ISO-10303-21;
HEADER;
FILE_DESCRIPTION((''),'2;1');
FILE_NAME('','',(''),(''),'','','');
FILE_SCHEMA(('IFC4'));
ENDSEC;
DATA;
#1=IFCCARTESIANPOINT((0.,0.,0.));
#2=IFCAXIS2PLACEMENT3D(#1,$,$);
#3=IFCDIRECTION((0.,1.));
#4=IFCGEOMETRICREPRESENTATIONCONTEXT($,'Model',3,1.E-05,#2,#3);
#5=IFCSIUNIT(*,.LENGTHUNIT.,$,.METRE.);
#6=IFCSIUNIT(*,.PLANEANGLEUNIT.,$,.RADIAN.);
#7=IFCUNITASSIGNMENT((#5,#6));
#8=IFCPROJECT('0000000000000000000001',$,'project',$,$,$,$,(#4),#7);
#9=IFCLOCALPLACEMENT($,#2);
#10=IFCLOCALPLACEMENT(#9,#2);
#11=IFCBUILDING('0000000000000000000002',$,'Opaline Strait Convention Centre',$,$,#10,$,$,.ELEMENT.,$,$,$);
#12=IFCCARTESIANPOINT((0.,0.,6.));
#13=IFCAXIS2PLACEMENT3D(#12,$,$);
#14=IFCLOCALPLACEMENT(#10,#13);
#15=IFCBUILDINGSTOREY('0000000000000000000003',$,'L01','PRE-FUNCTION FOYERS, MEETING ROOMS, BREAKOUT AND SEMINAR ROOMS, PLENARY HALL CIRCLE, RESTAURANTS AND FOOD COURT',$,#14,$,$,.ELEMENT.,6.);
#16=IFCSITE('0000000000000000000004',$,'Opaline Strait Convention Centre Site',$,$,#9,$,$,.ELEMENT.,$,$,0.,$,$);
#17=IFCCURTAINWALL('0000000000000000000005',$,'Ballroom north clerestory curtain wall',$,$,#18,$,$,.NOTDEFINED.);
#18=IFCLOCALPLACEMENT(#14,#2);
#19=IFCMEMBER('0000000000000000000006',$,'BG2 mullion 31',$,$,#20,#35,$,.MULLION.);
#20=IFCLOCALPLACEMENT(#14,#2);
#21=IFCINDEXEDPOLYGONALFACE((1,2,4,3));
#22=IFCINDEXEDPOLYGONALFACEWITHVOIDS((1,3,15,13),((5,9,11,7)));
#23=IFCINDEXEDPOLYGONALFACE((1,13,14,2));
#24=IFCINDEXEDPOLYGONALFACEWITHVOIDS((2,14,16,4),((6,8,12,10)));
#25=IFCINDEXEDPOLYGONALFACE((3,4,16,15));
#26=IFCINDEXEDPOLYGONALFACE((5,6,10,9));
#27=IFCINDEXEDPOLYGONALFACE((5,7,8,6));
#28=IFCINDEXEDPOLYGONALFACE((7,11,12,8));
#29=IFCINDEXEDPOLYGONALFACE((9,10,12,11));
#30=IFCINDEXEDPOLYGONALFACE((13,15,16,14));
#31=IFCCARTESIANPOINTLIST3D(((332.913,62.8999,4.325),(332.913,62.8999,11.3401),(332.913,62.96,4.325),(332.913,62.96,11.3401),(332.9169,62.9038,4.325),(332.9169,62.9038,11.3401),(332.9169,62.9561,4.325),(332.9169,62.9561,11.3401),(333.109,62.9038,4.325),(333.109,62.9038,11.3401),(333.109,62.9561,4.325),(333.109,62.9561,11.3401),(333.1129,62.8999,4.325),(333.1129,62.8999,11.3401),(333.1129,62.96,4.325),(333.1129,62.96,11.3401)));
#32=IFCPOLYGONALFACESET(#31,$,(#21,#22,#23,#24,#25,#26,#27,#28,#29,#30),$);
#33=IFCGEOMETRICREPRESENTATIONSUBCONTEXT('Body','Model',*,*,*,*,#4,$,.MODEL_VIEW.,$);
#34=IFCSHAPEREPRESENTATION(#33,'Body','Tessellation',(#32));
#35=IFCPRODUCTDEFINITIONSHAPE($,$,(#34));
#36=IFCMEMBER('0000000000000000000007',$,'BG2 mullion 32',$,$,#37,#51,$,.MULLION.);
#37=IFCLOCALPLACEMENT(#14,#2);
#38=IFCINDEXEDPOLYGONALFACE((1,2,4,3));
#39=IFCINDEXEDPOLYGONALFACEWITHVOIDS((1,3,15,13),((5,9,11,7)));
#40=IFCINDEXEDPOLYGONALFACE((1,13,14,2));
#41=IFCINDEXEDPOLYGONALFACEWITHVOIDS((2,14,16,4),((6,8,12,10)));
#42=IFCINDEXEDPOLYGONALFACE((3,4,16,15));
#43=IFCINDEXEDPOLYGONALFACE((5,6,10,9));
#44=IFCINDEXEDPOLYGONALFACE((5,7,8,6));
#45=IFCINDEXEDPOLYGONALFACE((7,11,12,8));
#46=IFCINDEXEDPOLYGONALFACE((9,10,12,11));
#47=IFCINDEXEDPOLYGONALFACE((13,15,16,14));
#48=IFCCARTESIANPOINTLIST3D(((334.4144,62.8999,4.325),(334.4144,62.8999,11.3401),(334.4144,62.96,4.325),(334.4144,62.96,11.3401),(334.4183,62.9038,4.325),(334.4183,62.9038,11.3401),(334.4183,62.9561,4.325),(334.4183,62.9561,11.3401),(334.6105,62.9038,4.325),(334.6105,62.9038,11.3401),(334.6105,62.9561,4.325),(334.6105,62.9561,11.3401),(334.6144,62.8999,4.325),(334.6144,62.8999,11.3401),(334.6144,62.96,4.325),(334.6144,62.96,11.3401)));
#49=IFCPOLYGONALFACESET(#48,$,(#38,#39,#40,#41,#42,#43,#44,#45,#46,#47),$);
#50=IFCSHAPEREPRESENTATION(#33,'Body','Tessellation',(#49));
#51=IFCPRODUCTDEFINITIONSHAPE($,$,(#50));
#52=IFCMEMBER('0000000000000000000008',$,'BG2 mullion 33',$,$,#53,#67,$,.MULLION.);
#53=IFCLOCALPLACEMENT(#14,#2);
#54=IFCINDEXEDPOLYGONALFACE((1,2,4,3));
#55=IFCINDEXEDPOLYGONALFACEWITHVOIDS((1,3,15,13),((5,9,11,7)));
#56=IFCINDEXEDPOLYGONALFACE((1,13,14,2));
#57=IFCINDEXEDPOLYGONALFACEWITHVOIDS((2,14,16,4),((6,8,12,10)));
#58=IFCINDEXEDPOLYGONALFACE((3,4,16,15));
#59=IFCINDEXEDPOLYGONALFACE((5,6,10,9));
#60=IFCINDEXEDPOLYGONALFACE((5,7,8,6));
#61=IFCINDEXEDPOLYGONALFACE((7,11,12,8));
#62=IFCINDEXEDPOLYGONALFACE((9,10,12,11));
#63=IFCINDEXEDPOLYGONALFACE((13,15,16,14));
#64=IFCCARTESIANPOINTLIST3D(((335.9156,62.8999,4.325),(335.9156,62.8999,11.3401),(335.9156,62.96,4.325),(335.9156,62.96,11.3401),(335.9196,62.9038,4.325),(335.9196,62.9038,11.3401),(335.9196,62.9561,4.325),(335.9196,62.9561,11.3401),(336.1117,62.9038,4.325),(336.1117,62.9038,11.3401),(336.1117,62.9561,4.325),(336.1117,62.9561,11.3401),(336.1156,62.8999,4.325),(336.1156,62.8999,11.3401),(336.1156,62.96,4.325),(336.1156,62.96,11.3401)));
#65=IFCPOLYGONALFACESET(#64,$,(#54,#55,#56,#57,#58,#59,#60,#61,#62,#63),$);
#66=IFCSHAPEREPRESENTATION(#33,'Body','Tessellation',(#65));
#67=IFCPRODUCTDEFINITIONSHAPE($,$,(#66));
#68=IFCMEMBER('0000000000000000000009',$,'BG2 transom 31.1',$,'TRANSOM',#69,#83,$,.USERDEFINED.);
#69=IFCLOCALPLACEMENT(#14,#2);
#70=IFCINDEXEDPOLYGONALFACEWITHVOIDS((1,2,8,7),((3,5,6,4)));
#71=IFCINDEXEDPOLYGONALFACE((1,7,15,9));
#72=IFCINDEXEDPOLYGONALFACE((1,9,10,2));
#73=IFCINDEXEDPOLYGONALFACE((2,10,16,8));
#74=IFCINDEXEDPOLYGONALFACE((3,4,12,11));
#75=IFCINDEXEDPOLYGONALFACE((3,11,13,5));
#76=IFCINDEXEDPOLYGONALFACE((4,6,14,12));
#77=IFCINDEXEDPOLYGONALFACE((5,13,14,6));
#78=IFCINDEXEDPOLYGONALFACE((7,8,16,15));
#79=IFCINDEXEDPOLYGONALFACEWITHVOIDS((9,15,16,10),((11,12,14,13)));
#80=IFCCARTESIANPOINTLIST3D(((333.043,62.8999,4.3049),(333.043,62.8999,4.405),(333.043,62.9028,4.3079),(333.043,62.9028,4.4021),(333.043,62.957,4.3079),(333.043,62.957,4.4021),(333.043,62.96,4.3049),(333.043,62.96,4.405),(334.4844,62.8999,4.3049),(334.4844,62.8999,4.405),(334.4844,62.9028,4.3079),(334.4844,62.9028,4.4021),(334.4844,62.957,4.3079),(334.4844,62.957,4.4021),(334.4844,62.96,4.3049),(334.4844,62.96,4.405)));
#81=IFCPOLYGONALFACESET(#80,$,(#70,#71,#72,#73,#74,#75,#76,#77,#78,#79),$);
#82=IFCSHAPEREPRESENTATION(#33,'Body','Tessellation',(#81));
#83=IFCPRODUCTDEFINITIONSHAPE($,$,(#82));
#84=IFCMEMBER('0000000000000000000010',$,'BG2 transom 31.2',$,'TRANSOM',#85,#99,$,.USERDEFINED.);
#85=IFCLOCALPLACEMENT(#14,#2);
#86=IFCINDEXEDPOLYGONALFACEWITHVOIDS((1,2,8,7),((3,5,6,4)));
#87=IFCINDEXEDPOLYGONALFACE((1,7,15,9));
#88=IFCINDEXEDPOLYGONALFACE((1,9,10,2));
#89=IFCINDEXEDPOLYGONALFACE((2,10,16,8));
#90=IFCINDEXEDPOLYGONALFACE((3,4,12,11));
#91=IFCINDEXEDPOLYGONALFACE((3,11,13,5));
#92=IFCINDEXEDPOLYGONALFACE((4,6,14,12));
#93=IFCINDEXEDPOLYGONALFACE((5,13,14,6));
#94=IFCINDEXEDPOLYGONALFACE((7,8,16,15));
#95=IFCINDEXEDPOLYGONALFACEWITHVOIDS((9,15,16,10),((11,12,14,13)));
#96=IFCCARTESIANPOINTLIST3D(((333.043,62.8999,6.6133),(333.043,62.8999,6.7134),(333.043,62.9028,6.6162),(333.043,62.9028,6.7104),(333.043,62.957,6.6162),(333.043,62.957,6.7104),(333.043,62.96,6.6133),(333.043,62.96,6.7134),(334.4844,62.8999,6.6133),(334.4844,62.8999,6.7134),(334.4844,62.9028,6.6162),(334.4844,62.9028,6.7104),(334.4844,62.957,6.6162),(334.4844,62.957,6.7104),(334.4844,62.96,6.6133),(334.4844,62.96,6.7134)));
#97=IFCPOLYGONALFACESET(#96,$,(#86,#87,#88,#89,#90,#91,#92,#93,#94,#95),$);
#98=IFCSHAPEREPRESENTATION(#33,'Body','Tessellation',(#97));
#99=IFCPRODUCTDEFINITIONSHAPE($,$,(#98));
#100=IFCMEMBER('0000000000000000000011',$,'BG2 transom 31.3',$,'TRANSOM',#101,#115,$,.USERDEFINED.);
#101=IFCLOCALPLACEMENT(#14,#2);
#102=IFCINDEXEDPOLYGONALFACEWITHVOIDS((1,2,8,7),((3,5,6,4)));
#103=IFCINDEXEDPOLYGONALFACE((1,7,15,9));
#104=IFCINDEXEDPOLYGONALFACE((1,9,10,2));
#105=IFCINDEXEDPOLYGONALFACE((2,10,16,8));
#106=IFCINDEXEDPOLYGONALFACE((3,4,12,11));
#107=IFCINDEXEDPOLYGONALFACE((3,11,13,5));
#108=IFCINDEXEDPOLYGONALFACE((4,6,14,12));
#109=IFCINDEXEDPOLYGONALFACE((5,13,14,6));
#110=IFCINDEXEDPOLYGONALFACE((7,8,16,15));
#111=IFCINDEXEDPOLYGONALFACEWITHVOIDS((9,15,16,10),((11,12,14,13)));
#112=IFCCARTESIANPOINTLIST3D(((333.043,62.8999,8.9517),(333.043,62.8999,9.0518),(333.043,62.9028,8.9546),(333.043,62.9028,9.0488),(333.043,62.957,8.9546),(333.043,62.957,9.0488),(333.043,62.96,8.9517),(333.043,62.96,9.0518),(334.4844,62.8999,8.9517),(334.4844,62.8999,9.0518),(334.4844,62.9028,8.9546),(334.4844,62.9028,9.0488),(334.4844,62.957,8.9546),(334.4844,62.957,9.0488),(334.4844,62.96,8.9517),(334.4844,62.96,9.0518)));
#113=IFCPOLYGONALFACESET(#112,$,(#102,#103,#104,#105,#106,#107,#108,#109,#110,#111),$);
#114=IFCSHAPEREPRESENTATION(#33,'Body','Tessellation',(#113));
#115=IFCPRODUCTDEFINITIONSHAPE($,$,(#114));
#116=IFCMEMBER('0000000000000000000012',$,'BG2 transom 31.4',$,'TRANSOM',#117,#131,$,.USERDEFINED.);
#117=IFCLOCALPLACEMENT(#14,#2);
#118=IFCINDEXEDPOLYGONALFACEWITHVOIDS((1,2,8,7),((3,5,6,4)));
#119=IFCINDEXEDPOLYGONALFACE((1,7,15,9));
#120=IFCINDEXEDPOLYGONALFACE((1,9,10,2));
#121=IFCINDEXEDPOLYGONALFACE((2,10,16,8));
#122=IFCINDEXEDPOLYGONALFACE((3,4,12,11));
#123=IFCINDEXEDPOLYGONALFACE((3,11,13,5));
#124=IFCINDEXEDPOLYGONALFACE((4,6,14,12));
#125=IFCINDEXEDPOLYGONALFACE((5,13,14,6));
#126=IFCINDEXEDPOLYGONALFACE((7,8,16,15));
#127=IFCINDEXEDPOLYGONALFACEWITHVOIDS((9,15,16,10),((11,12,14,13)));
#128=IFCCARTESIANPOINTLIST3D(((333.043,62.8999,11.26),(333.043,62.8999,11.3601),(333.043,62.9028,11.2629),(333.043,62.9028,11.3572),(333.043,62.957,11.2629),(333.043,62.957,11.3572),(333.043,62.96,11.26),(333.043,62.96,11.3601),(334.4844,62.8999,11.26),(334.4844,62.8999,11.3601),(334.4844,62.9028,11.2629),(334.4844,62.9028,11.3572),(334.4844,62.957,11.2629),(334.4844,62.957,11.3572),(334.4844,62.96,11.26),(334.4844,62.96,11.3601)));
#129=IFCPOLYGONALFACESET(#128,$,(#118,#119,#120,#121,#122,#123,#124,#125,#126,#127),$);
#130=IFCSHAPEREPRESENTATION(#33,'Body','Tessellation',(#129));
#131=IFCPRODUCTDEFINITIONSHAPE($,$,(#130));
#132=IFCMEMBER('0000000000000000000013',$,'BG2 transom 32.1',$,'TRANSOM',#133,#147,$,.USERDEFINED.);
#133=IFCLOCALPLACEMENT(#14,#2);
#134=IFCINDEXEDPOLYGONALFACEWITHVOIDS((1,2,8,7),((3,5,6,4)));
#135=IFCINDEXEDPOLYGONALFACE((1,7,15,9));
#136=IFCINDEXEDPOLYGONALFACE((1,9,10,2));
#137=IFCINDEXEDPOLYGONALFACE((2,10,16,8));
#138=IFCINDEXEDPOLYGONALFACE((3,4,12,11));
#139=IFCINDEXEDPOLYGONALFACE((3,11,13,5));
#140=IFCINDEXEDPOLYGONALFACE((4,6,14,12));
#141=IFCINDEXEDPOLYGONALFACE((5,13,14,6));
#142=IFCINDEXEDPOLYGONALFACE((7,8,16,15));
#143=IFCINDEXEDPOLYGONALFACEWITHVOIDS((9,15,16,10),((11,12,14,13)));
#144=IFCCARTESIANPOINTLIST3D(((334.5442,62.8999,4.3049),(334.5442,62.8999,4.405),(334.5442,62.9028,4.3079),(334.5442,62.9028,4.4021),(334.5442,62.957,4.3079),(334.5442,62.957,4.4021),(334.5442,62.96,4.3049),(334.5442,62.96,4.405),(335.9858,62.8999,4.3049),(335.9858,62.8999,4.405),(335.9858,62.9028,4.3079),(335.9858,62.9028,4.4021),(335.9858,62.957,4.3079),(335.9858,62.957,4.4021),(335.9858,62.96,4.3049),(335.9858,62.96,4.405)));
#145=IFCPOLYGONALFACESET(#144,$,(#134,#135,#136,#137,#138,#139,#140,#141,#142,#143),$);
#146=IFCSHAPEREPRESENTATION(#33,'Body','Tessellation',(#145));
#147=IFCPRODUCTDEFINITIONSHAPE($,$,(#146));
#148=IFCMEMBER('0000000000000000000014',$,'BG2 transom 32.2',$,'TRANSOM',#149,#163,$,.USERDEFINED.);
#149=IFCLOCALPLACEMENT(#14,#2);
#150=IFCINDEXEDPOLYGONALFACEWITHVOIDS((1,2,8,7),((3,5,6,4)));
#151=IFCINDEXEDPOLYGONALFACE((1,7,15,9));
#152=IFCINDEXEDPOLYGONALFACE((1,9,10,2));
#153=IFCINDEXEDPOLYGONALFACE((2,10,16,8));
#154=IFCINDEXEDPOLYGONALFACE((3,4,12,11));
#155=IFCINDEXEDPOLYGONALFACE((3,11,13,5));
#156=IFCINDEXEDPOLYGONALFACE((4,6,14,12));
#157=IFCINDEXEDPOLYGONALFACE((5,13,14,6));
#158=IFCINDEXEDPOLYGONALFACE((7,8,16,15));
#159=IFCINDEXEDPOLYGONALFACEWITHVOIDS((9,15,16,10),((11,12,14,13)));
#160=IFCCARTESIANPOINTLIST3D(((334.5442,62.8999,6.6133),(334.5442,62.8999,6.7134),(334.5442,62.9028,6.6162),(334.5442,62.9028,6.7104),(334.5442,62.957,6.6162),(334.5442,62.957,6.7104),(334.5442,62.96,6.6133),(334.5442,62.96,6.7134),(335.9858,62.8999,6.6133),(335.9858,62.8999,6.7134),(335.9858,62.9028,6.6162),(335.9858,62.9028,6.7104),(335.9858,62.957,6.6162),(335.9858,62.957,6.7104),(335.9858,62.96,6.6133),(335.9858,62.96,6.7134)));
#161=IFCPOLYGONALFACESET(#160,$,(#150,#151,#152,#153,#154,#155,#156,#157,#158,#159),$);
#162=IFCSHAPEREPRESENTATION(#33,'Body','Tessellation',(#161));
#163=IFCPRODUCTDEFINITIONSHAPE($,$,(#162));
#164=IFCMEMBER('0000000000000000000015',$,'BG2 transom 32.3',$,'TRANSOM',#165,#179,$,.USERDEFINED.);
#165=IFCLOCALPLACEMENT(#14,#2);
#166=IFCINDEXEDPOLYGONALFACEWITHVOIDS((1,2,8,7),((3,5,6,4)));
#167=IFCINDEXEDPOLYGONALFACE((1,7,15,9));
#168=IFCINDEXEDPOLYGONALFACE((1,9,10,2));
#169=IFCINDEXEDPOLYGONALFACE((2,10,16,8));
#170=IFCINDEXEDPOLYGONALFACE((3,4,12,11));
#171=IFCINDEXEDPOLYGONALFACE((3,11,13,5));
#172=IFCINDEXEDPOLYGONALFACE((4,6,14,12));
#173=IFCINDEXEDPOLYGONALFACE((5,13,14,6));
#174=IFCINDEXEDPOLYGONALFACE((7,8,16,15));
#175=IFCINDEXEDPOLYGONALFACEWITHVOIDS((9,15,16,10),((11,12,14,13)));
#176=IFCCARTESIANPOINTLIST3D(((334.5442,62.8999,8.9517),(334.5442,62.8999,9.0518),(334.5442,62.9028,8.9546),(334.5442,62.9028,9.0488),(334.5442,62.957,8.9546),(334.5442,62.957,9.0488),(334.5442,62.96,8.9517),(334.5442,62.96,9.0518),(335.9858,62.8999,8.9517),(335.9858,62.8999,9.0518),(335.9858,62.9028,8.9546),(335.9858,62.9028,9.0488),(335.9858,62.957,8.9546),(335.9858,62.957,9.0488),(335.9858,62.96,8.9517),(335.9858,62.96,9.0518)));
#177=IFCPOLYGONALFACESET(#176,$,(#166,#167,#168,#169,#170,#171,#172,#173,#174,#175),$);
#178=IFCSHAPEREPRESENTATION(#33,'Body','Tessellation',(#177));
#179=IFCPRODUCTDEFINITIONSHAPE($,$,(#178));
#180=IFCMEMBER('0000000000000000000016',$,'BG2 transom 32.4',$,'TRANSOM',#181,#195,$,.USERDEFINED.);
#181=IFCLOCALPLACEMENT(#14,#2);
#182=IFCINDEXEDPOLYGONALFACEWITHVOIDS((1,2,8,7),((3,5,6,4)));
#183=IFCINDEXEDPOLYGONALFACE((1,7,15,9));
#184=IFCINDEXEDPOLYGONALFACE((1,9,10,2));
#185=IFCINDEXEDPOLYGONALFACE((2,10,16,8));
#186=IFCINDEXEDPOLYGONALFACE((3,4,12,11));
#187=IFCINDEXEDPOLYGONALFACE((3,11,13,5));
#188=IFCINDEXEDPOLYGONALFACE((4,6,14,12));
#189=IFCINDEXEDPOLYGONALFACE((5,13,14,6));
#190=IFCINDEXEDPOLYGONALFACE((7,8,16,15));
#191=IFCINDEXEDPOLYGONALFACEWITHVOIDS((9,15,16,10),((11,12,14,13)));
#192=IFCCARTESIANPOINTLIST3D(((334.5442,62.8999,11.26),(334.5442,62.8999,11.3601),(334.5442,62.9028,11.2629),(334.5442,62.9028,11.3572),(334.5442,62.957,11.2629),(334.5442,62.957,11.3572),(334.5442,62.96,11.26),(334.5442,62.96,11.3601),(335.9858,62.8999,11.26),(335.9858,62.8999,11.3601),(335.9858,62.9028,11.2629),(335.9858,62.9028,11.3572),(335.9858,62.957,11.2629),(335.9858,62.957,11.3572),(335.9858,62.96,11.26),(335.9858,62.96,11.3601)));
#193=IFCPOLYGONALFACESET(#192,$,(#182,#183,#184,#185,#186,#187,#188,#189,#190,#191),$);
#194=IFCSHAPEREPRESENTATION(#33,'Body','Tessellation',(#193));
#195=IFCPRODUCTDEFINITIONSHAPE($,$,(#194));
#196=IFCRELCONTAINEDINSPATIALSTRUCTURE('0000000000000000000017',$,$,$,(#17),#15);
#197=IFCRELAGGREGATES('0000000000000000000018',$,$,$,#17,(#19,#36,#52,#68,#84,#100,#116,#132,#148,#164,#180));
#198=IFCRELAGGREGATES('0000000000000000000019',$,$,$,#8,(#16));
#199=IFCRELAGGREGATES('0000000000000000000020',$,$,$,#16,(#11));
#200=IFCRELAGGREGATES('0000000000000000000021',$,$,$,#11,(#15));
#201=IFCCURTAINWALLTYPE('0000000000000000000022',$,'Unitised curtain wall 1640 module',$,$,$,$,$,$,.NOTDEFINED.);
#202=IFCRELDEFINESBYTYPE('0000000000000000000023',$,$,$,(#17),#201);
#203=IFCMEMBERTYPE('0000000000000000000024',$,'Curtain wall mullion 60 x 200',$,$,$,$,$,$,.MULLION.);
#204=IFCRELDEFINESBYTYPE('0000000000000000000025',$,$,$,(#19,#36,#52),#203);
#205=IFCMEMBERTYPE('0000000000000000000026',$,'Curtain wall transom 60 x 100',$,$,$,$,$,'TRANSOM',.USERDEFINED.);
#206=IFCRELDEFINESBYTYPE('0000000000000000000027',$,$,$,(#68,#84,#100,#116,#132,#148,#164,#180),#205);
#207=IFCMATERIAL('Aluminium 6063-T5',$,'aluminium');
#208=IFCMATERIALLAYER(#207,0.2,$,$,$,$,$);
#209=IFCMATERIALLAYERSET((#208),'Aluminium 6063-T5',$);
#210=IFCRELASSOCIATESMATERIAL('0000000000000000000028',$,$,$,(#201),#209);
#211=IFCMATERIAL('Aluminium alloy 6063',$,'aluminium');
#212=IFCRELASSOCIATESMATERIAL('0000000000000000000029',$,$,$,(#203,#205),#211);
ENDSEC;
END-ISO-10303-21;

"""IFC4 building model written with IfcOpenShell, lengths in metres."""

from ifc_helpers import new_model, si_unit, direction, frame, origin, origin_2d, place, context, subcontext, project, spatial, hollow_rectangle, extrude, material, layer, layer_set, material_profile, profile_set, type_object, element, aggregate, save


model = new_model("IFC4")

# Units and contexts
model_context = context("Model", 3, precision=1e-05, world=origin(), true_north=direction((0.0, 1.0)))
body_context = subcontext(model_context, "Body", "Model", "MODEL_VIEW")
ifc_project = project(units=[si_unit("LENGTHUNIT", "METRE"), si_unit("PLANEANGLEUNIT", "RADIAN")], contexts=[model_context])

# Site, building, storey
site_placement = place(None, origin())
site = spatial("IfcSite", under=ifc_project, at=site_placement, Name="Opaline Strait Convention Centre Site", CompositionType="ELEMENT", RefElevation=0.0)
building_placement = place(site_placement, origin())
building = spatial("IfcBuilding", under=site, at=building_placement, Name="Opaline Strait Convention Centre", CompositionType="ELEMENT")
storey_placement = place(building_placement, frame((0.0, 0.0, 6.0)))
storey = spatial("IfcBuildingStorey", under=building, at=storey_placement, Name="L01", Description="PRE-FUNCTION FOYERS, MEETING ROOMS, BREAKOUT AND SEMINAR ROOMS, PLENARY HALL CIRCLE, RESTAURANTS AND FOOD COURT", CompositionType="ELEMENT", Elevation=6.0)

# Curtain wall, members
ifc_material_1 = material(Name="Aluminium 6063-T5", Category="aluminium")
ifc_layer_1 = layer(ifc_material_1, 0.2)
ifc_layer_set_1 = layer_set([ifc_layer_1], Name="Aluminium 6063-T5")
curtain_wall_type = type_object("IfcCurtainWallType", Name="Unitised curtain wall 1640 module", PredefinedType="NOTDEFINED", material=ifc_layer_set_1)
curtain_wall_placement = place(storey_placement, origin())
curtain_wall = element("IfcCurtainWall", 1, at=curtain_wall_placement, inside=storey, type_object=curtain_wall_type, Name="Ballroom north clerestory curtain wall", PredefinedType="NOTDEFINED")
ifc_material_2 = material(Name="Aluminium alloy 6063", Category="aluminium")
ifc_material_profile_1 = material_profile(ifc_material_2, hollow_rectangle(XDim=0.0601, YDim=0.2, WallThickness=0.0039, at=origin_2d()), Name="MULLION 60x200x4")
ifc_profile_set_1 = profile_set([ifc_material_profile_1], Name="Aluminium alloy 6063")
member_type_1 = type_object("IfcMemberType", Name="Curtain wall mullion 60 x 200", PredefinedType="MULLION", material=ifc_profile_set_1)
member_1_placement = place(storey_placement, frame((333.0129, 62.9299, 4.325), z_axis=(0.0, 0.0, 1.0), x_axis=(0.0, 1.0, 0.0)))
member_1 = element("IfcMember", 2, at=member_1_placement, type_object=member_type_1, Name="BG2 mullion 31", PredefinedType="MULLION", context=body_context, shape_type="SweptSolid", body=[
    extrude(hollow_rectangle(XDim=0.0601, YDim=0.2, WallThickness=0.0039, at=origin_2d()), origin(), (0.0, 0.0, 1.0), 7.0151),
])
member_2_placement = place(storey_placement, frame((334.5144, 62.9299, 4.325), z_axis=(0.0, 0.0, 1.0), x_axis=(0.0, 1.0, 0.0)))
member_2 = element("IfcMember", 3, at=member_2_placement, type_object=member_type_1, Name="BG2 mullion 32", PredefinedType="MULLION", context=body_context, shape_type="SweptSolid", body=[
    extrude(hollow_rectangle(XDim=0.0601, YDim=0.2, WallThickness=0.0039, at=origin_2d()), origin(), (0.0, 0.0, 1.0), 7.0151),
])
member_3_placement = place(storey_placement, frame((336.0156, 62.9299, 4.325), z_axis=(0.0, 0.0, 1.0), x_axis=(0.0, 1.0, 0.0)))
member_3 = element("IfcMember", 4, at=member_3_placement, type_object=member_type_1, Name="BG2 mullion 33", PredefinedType="MULLION", context=body_context, shape_type="SweptSolid", body=[
    extrude(hollow_rectangle(XDim=0.0601, YDim=0.2, WallThickness=0.0039, at=origin_2d()), origin(), (0.0, 0.0, 1.0), 7.0151),
])
ifc_material_profile_2 = material_profile(ifc_material_2, hollow_rectangle(XDim=0.0601, YDim=0.1001, WallThickness=0.0029, at=origin_2d()), Name="TRANSOM 60x100x3")
ifc_profile_set_2 = profile_set([ifc_material_profile_2], Name="Aluminium alloy 6063")
member_type_2 = type_object("IfcMemberType", Name="Curtain wall transom 60 x 100", ElementType="TRANSOM", PredefinedType="USERDEFINED", material=ifc_profile_set_2)
member_4_placement = place(storey_placement, frame((333.043, 62.9299, 4.355), z_axis=(1.0, 0.0, 0.0), x_axis=(0.0, 1.0, 0.0)))
member_4 = element("IfcMember", 5, at=member_4_placement, type_object=member_type_2, Name="BG2 transom 31.1", ObjectType="TRANSOM", PredefinedType="USERDEFINED", context=body_context, shape_type="SweptSolid", body=[
    extrude(hollow_rectangle(XDim=0.0601, YDim=0.1001, WallThickness=0.0029, at=origin_2d()), origin(), (0.0, 0.0, 1.0), 1.4414),
])
member_5_placement = place(storey_placement, frame((333.043, 62.9299, 6.6633), z_axis=(1.0, 0.0, 0.0), x_axis=(0.0, 1.0, 0.0)))
member_5 = element("IfcMember", 6, at=member_5_placement, type_object=member_type_2, Name="BG2 transom 31.2", ObjectType="TRANSOM", PredefinedType="USERDEFINED", context=body_context, shape_type="SweptSolid", body=[
    extrude(hollow_rectangle(XDim=0.0601, YDim=0.1001, WallThickness=0.0029, at=origin_2d()), origin(), (0.0, 0.0, 1.0), 1.4414),
])
member_6_placement = place(storey_placement, frame((333.043, 62.9299, 9.0017), z_axis=(1.0, 0.0, 0.0), x_axis=(0.0, 1.0, 0.0)))
member_6 = element("IfcMember", 7, at=member_6_placement, type_object=member_type_2, Name="BG2 transom 31.3", ObjectType="TRANSOM", PredefinedType="USERDEFINED", context=body_context, shape_type="SweptSolid", body=[
    extrude(hollow_rectangle(XDim=0.0601, YDim=0.1001, WallThickness=0.0029, at=origin_2d()), origin(), (0.0, 0.0, 1.0), 1.4414),
])
member_7_placement = place(storey_placement, frame((333.043, 62.9299, 11.3101), z_axis=(1.0, 0.0, 0.0), x_axis=(0.0, 1.0, 0.0)))
member_7 = element("IfcMember", 8, at=member_7_placement, type_object=member_type_2, Name="BG2 transom 31.4", ObjectType="TRANSOM", PredefinedType="USERDEFINED", context=body_context, shape_type="SweptSolid", body=[
    extrude(hollow_rectangle(XDim=0.0601, YDim=0.1001, WallThickness=0.0029, at=origin_2d()), origin(), (0.0, 0.0, 1.0), 1.4414),
])
member_8_placement = place(storey_placement, frame((334.5442, 62.9299, 4.355), z_axis=(1.0, 0.0, 0.0), x_axis=(0.0, 1.0, 0.0)))
member_8 = element("IfcMember", 9, at=member_8_placement, type_object=member_type_2, Name="BG2 transom 32.1", ObjectType="TRANSOM", PredefinedType="USERDEFINED", context=body_context, shape_type="SweptSolid", body=[
    extrude(hollow_rectangle(XDim=0.0601, YDim=0.1001, WallThickness=0.0029, at=origin_2d()), origin(), (0.0, 0.0, 1.0), 1.4417),
])
member_9_placement = place(storey_placement, frame((334.5442, 62.9299, 6.6633), z_axis=(1.0, 0.0, 0.0), x_axis=(0.0, 1.0, 0.0)))
member_9 = element("IfcMember", 10, at=member_9_placement, type_object=member_type_2, Name="BG2 transom 32.2", ObjectType="TRANSOM", PredefinedType="USERDEFINED", context=body_context, shape_type="SweptSolid", body=[
    extrude(hollow_rectangle(XDim=0.0601, YDim=0.1001, WallThickness=0.0029, at=origin_2d()), origin(), (0.0, 0.0, 1.0), 1.4417),
])
member_10_placement = place(storey_placement, frame((334.5442, 62.9299, 9.0017), z_axis=(1.0, 0.0, 0.0), x_axis=(0.0, 1.0, 0.0)))
member_10 = element("IfcMember", 11, at=member_10_placement, type_object=member_type_2, Name="BG2 transom 32.3", ObjectType="TRANSOM", PredefinedType="USERDEFINED", context=body_context, shape_type="SweptSolid", body=[
    extrude(hollow_rectangle(XDim=0.0601, YDim=0.1001, WallThickness=0.0029, at=origin_2d()), origin(), (0.0, 0.0, 1.0), 1.4417),
])
member_11_placement = place(storey_placement, frame((334.5442, 62.9299, 11.3101), z_axis=(1.0, 0.0, 0.0), x_axis=(0.0, 1.0, 0.0)))
member_11 = element("IfcMember", 12, at=member_11_placement, type_object=member_type_2, Name="BG2 transom 32.4", ObjectType="TRANSOM", PredefinedType="USERDEFINED", context=body_context, shape_type="SweptSolid", body=[
    extrude(hollow_rectangle(XDim=0.0601, YDim=0.1001, WallThickness=0.0029, at=origin_2d()), origin(), (0.0, 0.0, 1.0), 1.4417),
])

aggregate(curtain_wall, [member_1, member_2, member_3, member_4, member_5, member_6, member_7, member_8, member_9, member_10, member_11])

save(model, "model.ifc")
